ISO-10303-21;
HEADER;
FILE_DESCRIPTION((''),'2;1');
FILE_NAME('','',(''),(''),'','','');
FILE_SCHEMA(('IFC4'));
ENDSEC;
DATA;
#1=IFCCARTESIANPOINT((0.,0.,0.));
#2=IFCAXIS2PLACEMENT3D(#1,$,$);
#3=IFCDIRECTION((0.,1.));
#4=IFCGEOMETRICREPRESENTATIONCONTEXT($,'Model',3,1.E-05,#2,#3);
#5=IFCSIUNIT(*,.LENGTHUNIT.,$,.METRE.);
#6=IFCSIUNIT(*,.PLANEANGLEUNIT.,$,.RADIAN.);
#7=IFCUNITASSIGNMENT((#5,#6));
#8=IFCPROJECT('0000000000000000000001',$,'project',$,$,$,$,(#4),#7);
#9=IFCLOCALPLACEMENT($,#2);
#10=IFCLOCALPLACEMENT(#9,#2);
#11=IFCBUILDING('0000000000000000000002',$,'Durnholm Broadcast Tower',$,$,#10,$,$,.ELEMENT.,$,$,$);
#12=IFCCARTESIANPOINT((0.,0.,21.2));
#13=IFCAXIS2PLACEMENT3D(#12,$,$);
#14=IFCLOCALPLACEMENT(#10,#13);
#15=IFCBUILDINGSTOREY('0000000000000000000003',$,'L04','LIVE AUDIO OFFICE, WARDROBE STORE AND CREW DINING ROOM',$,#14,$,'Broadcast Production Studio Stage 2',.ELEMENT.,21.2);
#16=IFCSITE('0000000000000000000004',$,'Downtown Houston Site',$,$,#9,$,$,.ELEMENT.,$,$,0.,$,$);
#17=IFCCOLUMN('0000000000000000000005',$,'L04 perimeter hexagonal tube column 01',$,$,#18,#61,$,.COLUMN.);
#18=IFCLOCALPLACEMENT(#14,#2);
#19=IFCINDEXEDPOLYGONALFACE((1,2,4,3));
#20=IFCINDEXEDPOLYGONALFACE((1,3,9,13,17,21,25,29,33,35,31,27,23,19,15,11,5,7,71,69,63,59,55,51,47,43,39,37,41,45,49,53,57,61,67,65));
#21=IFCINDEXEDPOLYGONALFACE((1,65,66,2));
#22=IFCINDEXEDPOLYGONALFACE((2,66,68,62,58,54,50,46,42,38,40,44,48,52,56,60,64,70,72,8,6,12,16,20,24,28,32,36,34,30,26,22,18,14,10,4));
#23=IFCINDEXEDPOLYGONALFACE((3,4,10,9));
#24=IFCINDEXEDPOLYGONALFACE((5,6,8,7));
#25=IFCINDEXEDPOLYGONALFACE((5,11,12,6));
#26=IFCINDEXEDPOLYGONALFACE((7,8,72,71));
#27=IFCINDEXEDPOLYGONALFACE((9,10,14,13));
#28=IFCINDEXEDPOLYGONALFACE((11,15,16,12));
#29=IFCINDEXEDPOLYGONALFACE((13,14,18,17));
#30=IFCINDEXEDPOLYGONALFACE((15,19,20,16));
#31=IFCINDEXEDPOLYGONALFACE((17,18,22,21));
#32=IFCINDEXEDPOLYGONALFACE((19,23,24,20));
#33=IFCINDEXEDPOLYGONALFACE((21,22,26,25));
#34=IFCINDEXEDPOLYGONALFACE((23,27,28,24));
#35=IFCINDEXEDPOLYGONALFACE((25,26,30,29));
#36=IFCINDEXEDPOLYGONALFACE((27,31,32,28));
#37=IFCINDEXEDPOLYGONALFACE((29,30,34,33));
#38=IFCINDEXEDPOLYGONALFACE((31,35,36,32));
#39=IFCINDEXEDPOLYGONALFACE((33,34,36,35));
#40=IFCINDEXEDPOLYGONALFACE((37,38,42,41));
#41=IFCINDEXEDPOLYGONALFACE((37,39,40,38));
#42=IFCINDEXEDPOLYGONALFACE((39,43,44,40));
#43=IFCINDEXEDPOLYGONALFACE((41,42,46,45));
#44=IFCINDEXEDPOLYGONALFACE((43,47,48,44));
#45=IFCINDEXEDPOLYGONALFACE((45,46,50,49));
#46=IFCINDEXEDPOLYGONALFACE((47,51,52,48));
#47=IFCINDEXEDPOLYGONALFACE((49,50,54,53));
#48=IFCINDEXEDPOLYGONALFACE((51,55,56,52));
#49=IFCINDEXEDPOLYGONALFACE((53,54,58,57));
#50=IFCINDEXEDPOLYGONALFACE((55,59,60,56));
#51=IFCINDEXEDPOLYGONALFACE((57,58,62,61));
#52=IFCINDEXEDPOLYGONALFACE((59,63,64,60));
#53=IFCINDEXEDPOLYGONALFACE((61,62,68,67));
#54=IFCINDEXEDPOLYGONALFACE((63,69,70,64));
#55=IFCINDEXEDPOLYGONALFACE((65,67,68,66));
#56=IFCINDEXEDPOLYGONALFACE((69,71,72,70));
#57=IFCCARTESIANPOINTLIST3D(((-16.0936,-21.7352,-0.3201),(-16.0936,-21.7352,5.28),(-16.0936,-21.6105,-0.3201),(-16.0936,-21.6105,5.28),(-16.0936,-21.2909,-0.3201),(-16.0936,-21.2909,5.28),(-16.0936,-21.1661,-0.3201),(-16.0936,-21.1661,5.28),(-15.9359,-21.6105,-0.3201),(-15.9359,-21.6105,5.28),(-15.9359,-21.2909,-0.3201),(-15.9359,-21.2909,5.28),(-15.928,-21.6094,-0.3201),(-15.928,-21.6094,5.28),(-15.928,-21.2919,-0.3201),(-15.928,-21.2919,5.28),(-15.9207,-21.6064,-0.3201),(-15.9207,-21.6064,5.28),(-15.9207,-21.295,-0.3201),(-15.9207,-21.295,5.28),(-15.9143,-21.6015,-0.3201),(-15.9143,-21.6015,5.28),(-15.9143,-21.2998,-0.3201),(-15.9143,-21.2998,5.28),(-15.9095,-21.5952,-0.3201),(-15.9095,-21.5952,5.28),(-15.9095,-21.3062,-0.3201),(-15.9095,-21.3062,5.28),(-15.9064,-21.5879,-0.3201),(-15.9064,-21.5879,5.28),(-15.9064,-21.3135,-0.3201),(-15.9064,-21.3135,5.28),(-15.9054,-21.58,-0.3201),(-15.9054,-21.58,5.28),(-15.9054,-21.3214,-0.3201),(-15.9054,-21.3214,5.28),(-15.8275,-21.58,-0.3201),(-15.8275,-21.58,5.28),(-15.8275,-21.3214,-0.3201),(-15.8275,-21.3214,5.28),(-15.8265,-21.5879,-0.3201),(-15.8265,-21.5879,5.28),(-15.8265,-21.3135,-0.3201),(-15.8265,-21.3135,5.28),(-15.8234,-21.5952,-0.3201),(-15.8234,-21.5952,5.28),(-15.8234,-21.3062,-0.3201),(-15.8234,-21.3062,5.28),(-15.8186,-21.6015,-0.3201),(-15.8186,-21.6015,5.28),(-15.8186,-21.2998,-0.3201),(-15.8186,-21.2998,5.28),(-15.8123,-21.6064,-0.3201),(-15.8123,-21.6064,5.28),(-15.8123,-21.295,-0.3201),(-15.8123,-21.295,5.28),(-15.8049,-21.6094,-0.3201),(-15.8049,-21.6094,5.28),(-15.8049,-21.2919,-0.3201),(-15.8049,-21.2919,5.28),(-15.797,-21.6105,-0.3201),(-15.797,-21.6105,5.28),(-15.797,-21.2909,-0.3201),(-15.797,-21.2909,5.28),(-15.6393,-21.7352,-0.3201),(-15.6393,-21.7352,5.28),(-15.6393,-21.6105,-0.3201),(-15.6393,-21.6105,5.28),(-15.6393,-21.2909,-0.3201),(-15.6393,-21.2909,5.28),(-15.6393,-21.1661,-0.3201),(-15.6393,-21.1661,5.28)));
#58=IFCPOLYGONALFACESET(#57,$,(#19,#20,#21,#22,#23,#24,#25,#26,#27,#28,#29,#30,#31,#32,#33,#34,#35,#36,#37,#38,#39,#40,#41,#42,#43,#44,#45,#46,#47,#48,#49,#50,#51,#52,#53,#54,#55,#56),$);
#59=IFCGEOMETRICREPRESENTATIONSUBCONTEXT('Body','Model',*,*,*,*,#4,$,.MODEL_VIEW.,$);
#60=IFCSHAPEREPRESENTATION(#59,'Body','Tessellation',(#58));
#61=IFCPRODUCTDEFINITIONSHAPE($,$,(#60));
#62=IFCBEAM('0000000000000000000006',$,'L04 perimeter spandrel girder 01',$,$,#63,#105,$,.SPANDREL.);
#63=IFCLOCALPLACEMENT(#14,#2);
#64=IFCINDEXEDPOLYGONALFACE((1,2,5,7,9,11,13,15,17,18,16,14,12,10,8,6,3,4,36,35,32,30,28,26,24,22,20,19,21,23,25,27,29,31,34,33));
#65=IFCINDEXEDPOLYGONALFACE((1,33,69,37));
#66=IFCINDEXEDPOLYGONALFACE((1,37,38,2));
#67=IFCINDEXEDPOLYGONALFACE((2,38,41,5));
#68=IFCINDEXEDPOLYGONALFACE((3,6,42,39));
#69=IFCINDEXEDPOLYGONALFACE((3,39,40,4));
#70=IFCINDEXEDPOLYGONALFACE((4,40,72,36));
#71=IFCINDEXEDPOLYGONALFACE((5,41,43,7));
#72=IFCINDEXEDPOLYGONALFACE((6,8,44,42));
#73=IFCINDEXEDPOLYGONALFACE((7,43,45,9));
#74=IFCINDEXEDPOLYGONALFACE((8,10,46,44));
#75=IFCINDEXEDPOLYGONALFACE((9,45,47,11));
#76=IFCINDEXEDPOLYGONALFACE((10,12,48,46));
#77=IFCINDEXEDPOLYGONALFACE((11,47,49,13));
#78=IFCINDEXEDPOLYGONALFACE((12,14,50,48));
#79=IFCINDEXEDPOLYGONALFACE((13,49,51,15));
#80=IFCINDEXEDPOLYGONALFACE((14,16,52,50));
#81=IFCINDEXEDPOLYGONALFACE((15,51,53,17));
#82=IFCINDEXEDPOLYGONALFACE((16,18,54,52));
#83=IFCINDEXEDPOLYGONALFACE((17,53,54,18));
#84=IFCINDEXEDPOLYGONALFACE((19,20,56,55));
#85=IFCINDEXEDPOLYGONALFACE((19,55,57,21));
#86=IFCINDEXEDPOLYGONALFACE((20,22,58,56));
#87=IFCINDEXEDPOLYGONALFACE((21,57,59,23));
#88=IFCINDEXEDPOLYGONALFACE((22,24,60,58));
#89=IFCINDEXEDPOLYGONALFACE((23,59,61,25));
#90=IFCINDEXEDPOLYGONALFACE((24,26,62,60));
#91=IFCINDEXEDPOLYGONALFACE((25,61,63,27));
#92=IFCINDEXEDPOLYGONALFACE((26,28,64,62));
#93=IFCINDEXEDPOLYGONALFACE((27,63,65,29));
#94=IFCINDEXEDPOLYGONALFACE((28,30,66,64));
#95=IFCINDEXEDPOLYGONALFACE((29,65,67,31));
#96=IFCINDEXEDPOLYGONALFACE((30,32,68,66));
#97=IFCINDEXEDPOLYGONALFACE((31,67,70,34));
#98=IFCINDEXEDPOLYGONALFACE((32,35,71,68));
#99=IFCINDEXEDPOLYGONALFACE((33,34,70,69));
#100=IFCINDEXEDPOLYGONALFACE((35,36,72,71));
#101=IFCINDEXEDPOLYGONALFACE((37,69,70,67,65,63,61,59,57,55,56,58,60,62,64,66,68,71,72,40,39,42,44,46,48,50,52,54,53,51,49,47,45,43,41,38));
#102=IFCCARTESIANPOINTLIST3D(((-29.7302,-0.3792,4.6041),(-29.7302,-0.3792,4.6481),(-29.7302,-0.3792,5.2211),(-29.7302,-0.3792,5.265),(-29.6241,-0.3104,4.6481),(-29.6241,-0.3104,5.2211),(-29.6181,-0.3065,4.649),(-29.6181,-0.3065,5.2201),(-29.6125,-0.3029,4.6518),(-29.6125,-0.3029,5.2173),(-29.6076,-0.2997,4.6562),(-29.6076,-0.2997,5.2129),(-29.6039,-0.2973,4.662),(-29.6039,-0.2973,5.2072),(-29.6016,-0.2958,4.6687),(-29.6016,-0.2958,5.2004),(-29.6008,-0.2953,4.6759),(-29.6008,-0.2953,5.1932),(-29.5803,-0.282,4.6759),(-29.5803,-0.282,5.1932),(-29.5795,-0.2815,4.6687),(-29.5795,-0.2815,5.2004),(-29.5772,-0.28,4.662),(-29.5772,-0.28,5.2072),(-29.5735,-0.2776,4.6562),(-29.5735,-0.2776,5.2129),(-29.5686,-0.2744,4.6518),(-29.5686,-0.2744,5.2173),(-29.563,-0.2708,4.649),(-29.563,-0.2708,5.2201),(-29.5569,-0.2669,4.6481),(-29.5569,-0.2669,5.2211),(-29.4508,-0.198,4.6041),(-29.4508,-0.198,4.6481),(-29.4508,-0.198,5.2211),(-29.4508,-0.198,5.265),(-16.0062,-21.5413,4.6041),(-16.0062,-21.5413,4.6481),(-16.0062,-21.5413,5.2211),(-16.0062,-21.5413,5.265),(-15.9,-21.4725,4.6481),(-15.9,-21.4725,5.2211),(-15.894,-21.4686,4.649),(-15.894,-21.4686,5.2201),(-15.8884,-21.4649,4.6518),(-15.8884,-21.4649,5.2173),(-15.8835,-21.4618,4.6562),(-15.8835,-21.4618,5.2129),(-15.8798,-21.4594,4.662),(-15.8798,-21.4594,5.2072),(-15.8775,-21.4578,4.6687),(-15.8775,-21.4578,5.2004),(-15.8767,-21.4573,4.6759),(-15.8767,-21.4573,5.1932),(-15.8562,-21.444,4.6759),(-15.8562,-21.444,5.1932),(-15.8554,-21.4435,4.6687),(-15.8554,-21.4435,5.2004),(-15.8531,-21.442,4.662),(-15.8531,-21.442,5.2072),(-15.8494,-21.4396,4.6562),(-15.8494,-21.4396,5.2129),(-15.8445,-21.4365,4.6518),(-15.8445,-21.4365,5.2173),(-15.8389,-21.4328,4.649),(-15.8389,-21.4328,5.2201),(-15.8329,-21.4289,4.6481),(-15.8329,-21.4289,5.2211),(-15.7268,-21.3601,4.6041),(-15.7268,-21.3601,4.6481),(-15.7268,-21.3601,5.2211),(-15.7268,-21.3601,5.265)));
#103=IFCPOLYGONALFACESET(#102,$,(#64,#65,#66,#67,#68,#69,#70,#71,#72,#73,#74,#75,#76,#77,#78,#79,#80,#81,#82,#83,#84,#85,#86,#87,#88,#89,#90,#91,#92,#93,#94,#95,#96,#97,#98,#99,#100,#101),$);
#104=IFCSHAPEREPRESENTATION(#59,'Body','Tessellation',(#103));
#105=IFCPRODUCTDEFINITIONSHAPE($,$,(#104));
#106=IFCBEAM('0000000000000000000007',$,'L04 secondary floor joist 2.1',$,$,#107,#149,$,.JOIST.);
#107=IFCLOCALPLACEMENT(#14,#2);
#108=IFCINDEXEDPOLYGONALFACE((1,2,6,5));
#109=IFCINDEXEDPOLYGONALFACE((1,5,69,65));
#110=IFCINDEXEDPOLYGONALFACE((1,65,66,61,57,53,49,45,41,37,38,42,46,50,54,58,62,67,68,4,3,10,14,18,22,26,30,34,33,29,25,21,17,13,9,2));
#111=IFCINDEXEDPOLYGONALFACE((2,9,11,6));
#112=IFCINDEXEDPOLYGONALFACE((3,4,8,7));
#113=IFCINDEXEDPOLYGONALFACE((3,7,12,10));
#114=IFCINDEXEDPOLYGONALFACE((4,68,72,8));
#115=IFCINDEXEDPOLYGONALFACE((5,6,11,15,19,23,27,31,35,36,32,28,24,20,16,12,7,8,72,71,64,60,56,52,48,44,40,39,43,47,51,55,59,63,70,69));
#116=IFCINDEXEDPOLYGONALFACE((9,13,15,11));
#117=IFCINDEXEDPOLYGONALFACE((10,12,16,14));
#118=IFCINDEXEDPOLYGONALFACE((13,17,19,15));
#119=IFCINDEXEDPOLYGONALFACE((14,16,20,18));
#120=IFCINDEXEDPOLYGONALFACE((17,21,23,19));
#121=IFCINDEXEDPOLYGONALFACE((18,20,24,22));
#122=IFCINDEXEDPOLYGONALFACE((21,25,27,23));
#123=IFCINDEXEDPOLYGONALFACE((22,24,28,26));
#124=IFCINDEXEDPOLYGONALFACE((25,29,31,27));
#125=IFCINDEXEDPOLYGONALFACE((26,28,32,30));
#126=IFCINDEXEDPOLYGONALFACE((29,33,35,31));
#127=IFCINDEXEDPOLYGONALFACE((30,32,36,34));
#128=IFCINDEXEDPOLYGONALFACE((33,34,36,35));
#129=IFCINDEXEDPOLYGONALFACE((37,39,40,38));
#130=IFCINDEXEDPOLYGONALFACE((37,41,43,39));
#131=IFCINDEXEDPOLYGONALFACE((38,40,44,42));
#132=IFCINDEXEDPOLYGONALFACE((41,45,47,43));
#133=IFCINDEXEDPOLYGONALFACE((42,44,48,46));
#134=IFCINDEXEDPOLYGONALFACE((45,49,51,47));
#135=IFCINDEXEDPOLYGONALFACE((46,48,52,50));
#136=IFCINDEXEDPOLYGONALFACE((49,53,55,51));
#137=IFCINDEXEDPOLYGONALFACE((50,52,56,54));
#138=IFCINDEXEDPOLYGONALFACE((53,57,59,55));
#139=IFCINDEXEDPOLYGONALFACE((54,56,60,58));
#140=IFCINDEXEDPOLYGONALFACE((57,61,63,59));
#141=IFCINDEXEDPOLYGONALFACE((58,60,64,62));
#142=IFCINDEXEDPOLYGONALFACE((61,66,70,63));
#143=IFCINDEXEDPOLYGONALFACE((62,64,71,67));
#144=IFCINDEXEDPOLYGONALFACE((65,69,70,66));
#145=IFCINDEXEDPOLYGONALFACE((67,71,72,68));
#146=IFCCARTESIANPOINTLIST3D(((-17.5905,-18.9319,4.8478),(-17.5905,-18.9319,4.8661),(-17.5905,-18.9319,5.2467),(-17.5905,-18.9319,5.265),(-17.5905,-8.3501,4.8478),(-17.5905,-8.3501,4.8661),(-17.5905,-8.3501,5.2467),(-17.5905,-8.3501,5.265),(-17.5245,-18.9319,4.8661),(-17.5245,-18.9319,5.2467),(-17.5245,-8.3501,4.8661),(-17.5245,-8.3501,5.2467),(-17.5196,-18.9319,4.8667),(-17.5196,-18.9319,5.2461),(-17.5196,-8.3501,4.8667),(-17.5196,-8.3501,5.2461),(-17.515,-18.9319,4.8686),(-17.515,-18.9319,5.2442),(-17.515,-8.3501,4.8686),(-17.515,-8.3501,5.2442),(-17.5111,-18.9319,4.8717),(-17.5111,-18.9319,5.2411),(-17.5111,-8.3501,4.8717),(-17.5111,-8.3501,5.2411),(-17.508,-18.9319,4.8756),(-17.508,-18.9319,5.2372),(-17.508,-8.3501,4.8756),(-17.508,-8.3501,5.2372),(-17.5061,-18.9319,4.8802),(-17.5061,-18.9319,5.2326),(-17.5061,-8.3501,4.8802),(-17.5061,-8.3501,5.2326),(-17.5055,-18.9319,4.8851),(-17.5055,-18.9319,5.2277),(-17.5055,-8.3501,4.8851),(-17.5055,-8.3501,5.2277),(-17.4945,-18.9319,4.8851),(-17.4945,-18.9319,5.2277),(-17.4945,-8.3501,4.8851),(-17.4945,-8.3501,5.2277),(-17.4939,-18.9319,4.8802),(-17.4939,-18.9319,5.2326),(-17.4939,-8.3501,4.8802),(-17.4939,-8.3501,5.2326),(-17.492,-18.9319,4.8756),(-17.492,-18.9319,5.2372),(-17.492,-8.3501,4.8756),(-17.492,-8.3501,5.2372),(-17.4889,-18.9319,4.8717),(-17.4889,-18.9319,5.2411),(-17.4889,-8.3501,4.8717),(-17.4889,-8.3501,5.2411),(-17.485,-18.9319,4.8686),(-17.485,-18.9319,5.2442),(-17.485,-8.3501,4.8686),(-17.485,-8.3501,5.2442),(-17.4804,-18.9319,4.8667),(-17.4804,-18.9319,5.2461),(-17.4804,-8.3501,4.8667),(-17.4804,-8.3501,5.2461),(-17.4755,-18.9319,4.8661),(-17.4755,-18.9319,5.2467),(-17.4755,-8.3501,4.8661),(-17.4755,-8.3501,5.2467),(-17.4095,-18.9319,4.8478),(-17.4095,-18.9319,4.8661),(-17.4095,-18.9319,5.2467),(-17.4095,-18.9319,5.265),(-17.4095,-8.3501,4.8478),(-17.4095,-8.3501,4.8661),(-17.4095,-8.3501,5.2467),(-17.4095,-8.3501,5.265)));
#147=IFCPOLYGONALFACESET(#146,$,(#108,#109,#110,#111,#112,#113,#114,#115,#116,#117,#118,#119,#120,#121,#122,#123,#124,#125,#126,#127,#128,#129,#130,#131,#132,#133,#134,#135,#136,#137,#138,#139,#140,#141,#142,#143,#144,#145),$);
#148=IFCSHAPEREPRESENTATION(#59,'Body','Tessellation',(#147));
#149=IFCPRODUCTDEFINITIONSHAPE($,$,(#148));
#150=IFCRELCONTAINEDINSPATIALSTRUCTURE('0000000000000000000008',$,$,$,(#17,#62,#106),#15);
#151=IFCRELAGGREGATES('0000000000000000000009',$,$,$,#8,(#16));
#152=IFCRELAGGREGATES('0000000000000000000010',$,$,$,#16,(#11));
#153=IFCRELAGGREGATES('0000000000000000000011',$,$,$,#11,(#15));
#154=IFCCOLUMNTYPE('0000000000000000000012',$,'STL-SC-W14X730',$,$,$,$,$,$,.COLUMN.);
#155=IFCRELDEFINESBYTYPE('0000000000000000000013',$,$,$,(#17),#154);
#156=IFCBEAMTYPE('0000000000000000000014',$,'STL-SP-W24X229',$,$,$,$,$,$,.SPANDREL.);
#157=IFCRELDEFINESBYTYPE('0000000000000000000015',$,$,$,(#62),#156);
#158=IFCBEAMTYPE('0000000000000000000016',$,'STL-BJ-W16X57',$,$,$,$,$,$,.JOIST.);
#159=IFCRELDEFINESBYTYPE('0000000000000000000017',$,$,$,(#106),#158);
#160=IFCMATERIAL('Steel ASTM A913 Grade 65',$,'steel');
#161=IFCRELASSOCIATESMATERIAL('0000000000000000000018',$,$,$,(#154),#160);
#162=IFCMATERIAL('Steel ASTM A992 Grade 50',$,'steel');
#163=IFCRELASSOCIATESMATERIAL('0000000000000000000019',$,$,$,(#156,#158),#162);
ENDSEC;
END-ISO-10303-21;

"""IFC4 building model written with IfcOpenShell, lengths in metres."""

from ifc_helpers import new_model, si_unit, direction, frame, origin, origin_2d, place, context, subcontext, project, spatial, i_section, extrude, source, transform, mapped, material, material_profile, profile_set, type_object, type_shapes, element, save


model = new_model("IFC4")

# Units and contexts
model_context = context("Model", 3, precision=1e-05, world=origin(), true_north=direction((0.0, 1.0)))
body_context = subcontext(model_context, "Body", "Model", "MODEL_VIEW")
ifc_project = project(units=[si_unit("LENGTHUNIT", "METRE"), si_unit("PLANEANGLEUNIT", "RADIAN")], contexts=[model_context])

# Site, building, storey
site_placement = place(None, origin())
site = spatial("IfcSite", under=ifc_project, at=site_placement, Name="Downtown Houston Site", CompositionType="ELEMENT", RefElevation=0.0)
building_placement = place(site_placement, origin())
building = spatial("IfcBuilding", under=site, at=building_placement, Name="Durnholm Broadcast Tower", CompositionType="ELEMENT")
storey_placement = place(building_placement, frame((0.0, 0.0, 21.2)))
storey = spatial("IfcBuildingStorey", under=building, at=storey_placement, Name="L04", Description="LIVE AUDIO OFFICE, WARDROBE STORE AND CREW DINING ROOM", LongName="Broadcast Production Studio Stage 2", CompositionType="ELEMENT", Elevation=21.2)

# Column
ifc_material_1 = material(Name="Steel ASTM A913 Grade 65", Category="steel")
ifc_material_profile_1 = material_profile(ifc_material_1, i_section(OverallWidth=0.4543, OverallDepth=0.5691, WebThickness=0.0779, FlangeThickness=0.1248, FilletRadius=0.0305, at=origin_2d()), Name="W14X730")
ifc_profile_set_1 = profile_set([ifc_material_profile_1], Name="Steel ASTM A913 Grade 65")
column_type = type_object("IfcColumnType", Name="STL-SC-W14X730", PredefinedType="COLUMN", material=ifc_profile_set_1)
shared_shape_1 = source(origin(), body_context, "Body", "SweptSolid", [
    extrude(i_section(OverallWidth=0.4543, OverallDepth=0.5691, WebThickness=0.0779, FlangeThickness=0.1248, FilletRadius=0.0305, at=origin_2d()), origin(), (0.0, 0.0, 1.0), 5.6001),
])
type_shapes(column_type, [shared_shape_1])
column_placement = place(storey_placement, frame((-15.8665, -21.4507, -0.3201), z_axis=(0.0, 0.0, 1.0), x_axis=(1.0, 0.0, 0.0)))
element("IfcColumn", 1, at=column_placement, inside=storey, type_object=column_type, Name="L04 perimeter hexagonal tube column 01", PredefinedType="COLUMN", context=body_context, shape_type="MappedRepresentation", body=[
    mapped(shared_shape_1, transform((0.0, 0.0, 0.0), x_axis=(1.0, 0.0, 0.0), y_axis=(0.0, 1.0, 0.0), z_axis=(0.0, 0.0, 1.0), scale=1.0)),
])

# Beams
ifc_material_2 = material(Name="Steel ASTM A992 Grade 50", Category="steel")
ifc_material_profile_2 = material_profile(ifc_material_2, i_section(OverallWidth=0.333, OverallDepth=0.6609, WebThickness=0.0244, FlangeThickness=0.0439, FilletRadius=0.0278, at=origin_2d()), Name="W24X229")
ifc_profile_set_2 = profile_set([ifc_material_profile_2], Name="Steel ASTM A992 Grade 50")
beam_type_1 = type_object("IfcBeamType", Name="STL-SP-W24X229", PredefinedType="SPANDREL", material=ifc_profile_set_2)
shared_shape_2 = source(origin(), body_context, "Body", "SweptSolid", [
    extrude(i_section(OverallWidth=0.333, OverallDepth=0.6609, WebThickness=0.0244, FlangeThickness=0.0439, FilletRadius=0.0278, at=origin_2d()), origin(), (0.0, 0.0, 1.0), 25.2227),
])
type_shapes(beam_type_1, [shared_shape_2])
beam_1_placement = place(storey_placement, frame((-15.8665, -21.4507, 4.9346), z_axis=(-0.544117, 0.839009, 0.0), x_axis=(-0.839009, -0.544117, 0.0)))
element("IfcBeam", 2, at=beam_1_placement, inside=storey, type_object=beam_type_1, Name="L04 perimeter spandrel girder 01", PredefinedType="SPANDREL", context=body_context, shape_type="MappedRepresentation", body=[
    mapped(shared_shape_2, transform((0.0, 0.0, 0.0), x_axis=(1.0, 0.0, 0.0), y_axis=(0.0, 1.0, 0.0), z_axis=(0.0, 0.0, 1.0), scale=1.0)),
])
ifc_material_profile_3 = material_profile(ifc_material_2, i_section(OverallWidth=0.1809, OverallDepth=0.4172, WebThickness=0.011, FlangeThickness=0.0183, FilletRadius=0.019, at=origin_2d()), Name="W16X57")
ifc_profile_set_3 = profile_set([ifc_material_profile_3], Name="Steel ASTM A992 Grade 50")
beam_type_2 = type_object("IfcBeamType", Name="STL-BJ-W16X57", PredefinedType="JOIST", material=ifc_profile_set_3)
shared_shape_3 = source(origin(), body_context, "Body", "SweptSolid", [
    extrude(i_section(OverallWidth=0.1809, OverallDepth=0.4172, WebThickness=0.011, FlangeThickness=0.0183, FilletRadius=0.019, at=origin_2d()), origin(), (0.0, 0.0, 1.0), 10.5818),
])
type_shapes(beam_type_2, [shared_shape_3])
beam_2_placement = place(storey_placement, frame((-17.5, -18.9319, 5.0564), z_axis=(0.0, 1.0, 0.0), x_axis=(-1.0, 0.0, 0.0)))
element("IfcBeam", 3, at=beam_2_placement, inside=storey, type_object=beam_type_2, Name="L04 secondary floor joist 2.1", PredefinedType="JOIST", context=body_context, shape_type="MappedRepresentation", body=[
    mapped(shared_shape_3, transform((0.0, 0.0, 0.0), x_axis=(1.0, 0.0, 0.0), y_axis=(0.0, 1.0, 0.0), z_axis=(0.0, 0.0, 1.0), scale=1.0)),
])

save(model, "model.ifc")
